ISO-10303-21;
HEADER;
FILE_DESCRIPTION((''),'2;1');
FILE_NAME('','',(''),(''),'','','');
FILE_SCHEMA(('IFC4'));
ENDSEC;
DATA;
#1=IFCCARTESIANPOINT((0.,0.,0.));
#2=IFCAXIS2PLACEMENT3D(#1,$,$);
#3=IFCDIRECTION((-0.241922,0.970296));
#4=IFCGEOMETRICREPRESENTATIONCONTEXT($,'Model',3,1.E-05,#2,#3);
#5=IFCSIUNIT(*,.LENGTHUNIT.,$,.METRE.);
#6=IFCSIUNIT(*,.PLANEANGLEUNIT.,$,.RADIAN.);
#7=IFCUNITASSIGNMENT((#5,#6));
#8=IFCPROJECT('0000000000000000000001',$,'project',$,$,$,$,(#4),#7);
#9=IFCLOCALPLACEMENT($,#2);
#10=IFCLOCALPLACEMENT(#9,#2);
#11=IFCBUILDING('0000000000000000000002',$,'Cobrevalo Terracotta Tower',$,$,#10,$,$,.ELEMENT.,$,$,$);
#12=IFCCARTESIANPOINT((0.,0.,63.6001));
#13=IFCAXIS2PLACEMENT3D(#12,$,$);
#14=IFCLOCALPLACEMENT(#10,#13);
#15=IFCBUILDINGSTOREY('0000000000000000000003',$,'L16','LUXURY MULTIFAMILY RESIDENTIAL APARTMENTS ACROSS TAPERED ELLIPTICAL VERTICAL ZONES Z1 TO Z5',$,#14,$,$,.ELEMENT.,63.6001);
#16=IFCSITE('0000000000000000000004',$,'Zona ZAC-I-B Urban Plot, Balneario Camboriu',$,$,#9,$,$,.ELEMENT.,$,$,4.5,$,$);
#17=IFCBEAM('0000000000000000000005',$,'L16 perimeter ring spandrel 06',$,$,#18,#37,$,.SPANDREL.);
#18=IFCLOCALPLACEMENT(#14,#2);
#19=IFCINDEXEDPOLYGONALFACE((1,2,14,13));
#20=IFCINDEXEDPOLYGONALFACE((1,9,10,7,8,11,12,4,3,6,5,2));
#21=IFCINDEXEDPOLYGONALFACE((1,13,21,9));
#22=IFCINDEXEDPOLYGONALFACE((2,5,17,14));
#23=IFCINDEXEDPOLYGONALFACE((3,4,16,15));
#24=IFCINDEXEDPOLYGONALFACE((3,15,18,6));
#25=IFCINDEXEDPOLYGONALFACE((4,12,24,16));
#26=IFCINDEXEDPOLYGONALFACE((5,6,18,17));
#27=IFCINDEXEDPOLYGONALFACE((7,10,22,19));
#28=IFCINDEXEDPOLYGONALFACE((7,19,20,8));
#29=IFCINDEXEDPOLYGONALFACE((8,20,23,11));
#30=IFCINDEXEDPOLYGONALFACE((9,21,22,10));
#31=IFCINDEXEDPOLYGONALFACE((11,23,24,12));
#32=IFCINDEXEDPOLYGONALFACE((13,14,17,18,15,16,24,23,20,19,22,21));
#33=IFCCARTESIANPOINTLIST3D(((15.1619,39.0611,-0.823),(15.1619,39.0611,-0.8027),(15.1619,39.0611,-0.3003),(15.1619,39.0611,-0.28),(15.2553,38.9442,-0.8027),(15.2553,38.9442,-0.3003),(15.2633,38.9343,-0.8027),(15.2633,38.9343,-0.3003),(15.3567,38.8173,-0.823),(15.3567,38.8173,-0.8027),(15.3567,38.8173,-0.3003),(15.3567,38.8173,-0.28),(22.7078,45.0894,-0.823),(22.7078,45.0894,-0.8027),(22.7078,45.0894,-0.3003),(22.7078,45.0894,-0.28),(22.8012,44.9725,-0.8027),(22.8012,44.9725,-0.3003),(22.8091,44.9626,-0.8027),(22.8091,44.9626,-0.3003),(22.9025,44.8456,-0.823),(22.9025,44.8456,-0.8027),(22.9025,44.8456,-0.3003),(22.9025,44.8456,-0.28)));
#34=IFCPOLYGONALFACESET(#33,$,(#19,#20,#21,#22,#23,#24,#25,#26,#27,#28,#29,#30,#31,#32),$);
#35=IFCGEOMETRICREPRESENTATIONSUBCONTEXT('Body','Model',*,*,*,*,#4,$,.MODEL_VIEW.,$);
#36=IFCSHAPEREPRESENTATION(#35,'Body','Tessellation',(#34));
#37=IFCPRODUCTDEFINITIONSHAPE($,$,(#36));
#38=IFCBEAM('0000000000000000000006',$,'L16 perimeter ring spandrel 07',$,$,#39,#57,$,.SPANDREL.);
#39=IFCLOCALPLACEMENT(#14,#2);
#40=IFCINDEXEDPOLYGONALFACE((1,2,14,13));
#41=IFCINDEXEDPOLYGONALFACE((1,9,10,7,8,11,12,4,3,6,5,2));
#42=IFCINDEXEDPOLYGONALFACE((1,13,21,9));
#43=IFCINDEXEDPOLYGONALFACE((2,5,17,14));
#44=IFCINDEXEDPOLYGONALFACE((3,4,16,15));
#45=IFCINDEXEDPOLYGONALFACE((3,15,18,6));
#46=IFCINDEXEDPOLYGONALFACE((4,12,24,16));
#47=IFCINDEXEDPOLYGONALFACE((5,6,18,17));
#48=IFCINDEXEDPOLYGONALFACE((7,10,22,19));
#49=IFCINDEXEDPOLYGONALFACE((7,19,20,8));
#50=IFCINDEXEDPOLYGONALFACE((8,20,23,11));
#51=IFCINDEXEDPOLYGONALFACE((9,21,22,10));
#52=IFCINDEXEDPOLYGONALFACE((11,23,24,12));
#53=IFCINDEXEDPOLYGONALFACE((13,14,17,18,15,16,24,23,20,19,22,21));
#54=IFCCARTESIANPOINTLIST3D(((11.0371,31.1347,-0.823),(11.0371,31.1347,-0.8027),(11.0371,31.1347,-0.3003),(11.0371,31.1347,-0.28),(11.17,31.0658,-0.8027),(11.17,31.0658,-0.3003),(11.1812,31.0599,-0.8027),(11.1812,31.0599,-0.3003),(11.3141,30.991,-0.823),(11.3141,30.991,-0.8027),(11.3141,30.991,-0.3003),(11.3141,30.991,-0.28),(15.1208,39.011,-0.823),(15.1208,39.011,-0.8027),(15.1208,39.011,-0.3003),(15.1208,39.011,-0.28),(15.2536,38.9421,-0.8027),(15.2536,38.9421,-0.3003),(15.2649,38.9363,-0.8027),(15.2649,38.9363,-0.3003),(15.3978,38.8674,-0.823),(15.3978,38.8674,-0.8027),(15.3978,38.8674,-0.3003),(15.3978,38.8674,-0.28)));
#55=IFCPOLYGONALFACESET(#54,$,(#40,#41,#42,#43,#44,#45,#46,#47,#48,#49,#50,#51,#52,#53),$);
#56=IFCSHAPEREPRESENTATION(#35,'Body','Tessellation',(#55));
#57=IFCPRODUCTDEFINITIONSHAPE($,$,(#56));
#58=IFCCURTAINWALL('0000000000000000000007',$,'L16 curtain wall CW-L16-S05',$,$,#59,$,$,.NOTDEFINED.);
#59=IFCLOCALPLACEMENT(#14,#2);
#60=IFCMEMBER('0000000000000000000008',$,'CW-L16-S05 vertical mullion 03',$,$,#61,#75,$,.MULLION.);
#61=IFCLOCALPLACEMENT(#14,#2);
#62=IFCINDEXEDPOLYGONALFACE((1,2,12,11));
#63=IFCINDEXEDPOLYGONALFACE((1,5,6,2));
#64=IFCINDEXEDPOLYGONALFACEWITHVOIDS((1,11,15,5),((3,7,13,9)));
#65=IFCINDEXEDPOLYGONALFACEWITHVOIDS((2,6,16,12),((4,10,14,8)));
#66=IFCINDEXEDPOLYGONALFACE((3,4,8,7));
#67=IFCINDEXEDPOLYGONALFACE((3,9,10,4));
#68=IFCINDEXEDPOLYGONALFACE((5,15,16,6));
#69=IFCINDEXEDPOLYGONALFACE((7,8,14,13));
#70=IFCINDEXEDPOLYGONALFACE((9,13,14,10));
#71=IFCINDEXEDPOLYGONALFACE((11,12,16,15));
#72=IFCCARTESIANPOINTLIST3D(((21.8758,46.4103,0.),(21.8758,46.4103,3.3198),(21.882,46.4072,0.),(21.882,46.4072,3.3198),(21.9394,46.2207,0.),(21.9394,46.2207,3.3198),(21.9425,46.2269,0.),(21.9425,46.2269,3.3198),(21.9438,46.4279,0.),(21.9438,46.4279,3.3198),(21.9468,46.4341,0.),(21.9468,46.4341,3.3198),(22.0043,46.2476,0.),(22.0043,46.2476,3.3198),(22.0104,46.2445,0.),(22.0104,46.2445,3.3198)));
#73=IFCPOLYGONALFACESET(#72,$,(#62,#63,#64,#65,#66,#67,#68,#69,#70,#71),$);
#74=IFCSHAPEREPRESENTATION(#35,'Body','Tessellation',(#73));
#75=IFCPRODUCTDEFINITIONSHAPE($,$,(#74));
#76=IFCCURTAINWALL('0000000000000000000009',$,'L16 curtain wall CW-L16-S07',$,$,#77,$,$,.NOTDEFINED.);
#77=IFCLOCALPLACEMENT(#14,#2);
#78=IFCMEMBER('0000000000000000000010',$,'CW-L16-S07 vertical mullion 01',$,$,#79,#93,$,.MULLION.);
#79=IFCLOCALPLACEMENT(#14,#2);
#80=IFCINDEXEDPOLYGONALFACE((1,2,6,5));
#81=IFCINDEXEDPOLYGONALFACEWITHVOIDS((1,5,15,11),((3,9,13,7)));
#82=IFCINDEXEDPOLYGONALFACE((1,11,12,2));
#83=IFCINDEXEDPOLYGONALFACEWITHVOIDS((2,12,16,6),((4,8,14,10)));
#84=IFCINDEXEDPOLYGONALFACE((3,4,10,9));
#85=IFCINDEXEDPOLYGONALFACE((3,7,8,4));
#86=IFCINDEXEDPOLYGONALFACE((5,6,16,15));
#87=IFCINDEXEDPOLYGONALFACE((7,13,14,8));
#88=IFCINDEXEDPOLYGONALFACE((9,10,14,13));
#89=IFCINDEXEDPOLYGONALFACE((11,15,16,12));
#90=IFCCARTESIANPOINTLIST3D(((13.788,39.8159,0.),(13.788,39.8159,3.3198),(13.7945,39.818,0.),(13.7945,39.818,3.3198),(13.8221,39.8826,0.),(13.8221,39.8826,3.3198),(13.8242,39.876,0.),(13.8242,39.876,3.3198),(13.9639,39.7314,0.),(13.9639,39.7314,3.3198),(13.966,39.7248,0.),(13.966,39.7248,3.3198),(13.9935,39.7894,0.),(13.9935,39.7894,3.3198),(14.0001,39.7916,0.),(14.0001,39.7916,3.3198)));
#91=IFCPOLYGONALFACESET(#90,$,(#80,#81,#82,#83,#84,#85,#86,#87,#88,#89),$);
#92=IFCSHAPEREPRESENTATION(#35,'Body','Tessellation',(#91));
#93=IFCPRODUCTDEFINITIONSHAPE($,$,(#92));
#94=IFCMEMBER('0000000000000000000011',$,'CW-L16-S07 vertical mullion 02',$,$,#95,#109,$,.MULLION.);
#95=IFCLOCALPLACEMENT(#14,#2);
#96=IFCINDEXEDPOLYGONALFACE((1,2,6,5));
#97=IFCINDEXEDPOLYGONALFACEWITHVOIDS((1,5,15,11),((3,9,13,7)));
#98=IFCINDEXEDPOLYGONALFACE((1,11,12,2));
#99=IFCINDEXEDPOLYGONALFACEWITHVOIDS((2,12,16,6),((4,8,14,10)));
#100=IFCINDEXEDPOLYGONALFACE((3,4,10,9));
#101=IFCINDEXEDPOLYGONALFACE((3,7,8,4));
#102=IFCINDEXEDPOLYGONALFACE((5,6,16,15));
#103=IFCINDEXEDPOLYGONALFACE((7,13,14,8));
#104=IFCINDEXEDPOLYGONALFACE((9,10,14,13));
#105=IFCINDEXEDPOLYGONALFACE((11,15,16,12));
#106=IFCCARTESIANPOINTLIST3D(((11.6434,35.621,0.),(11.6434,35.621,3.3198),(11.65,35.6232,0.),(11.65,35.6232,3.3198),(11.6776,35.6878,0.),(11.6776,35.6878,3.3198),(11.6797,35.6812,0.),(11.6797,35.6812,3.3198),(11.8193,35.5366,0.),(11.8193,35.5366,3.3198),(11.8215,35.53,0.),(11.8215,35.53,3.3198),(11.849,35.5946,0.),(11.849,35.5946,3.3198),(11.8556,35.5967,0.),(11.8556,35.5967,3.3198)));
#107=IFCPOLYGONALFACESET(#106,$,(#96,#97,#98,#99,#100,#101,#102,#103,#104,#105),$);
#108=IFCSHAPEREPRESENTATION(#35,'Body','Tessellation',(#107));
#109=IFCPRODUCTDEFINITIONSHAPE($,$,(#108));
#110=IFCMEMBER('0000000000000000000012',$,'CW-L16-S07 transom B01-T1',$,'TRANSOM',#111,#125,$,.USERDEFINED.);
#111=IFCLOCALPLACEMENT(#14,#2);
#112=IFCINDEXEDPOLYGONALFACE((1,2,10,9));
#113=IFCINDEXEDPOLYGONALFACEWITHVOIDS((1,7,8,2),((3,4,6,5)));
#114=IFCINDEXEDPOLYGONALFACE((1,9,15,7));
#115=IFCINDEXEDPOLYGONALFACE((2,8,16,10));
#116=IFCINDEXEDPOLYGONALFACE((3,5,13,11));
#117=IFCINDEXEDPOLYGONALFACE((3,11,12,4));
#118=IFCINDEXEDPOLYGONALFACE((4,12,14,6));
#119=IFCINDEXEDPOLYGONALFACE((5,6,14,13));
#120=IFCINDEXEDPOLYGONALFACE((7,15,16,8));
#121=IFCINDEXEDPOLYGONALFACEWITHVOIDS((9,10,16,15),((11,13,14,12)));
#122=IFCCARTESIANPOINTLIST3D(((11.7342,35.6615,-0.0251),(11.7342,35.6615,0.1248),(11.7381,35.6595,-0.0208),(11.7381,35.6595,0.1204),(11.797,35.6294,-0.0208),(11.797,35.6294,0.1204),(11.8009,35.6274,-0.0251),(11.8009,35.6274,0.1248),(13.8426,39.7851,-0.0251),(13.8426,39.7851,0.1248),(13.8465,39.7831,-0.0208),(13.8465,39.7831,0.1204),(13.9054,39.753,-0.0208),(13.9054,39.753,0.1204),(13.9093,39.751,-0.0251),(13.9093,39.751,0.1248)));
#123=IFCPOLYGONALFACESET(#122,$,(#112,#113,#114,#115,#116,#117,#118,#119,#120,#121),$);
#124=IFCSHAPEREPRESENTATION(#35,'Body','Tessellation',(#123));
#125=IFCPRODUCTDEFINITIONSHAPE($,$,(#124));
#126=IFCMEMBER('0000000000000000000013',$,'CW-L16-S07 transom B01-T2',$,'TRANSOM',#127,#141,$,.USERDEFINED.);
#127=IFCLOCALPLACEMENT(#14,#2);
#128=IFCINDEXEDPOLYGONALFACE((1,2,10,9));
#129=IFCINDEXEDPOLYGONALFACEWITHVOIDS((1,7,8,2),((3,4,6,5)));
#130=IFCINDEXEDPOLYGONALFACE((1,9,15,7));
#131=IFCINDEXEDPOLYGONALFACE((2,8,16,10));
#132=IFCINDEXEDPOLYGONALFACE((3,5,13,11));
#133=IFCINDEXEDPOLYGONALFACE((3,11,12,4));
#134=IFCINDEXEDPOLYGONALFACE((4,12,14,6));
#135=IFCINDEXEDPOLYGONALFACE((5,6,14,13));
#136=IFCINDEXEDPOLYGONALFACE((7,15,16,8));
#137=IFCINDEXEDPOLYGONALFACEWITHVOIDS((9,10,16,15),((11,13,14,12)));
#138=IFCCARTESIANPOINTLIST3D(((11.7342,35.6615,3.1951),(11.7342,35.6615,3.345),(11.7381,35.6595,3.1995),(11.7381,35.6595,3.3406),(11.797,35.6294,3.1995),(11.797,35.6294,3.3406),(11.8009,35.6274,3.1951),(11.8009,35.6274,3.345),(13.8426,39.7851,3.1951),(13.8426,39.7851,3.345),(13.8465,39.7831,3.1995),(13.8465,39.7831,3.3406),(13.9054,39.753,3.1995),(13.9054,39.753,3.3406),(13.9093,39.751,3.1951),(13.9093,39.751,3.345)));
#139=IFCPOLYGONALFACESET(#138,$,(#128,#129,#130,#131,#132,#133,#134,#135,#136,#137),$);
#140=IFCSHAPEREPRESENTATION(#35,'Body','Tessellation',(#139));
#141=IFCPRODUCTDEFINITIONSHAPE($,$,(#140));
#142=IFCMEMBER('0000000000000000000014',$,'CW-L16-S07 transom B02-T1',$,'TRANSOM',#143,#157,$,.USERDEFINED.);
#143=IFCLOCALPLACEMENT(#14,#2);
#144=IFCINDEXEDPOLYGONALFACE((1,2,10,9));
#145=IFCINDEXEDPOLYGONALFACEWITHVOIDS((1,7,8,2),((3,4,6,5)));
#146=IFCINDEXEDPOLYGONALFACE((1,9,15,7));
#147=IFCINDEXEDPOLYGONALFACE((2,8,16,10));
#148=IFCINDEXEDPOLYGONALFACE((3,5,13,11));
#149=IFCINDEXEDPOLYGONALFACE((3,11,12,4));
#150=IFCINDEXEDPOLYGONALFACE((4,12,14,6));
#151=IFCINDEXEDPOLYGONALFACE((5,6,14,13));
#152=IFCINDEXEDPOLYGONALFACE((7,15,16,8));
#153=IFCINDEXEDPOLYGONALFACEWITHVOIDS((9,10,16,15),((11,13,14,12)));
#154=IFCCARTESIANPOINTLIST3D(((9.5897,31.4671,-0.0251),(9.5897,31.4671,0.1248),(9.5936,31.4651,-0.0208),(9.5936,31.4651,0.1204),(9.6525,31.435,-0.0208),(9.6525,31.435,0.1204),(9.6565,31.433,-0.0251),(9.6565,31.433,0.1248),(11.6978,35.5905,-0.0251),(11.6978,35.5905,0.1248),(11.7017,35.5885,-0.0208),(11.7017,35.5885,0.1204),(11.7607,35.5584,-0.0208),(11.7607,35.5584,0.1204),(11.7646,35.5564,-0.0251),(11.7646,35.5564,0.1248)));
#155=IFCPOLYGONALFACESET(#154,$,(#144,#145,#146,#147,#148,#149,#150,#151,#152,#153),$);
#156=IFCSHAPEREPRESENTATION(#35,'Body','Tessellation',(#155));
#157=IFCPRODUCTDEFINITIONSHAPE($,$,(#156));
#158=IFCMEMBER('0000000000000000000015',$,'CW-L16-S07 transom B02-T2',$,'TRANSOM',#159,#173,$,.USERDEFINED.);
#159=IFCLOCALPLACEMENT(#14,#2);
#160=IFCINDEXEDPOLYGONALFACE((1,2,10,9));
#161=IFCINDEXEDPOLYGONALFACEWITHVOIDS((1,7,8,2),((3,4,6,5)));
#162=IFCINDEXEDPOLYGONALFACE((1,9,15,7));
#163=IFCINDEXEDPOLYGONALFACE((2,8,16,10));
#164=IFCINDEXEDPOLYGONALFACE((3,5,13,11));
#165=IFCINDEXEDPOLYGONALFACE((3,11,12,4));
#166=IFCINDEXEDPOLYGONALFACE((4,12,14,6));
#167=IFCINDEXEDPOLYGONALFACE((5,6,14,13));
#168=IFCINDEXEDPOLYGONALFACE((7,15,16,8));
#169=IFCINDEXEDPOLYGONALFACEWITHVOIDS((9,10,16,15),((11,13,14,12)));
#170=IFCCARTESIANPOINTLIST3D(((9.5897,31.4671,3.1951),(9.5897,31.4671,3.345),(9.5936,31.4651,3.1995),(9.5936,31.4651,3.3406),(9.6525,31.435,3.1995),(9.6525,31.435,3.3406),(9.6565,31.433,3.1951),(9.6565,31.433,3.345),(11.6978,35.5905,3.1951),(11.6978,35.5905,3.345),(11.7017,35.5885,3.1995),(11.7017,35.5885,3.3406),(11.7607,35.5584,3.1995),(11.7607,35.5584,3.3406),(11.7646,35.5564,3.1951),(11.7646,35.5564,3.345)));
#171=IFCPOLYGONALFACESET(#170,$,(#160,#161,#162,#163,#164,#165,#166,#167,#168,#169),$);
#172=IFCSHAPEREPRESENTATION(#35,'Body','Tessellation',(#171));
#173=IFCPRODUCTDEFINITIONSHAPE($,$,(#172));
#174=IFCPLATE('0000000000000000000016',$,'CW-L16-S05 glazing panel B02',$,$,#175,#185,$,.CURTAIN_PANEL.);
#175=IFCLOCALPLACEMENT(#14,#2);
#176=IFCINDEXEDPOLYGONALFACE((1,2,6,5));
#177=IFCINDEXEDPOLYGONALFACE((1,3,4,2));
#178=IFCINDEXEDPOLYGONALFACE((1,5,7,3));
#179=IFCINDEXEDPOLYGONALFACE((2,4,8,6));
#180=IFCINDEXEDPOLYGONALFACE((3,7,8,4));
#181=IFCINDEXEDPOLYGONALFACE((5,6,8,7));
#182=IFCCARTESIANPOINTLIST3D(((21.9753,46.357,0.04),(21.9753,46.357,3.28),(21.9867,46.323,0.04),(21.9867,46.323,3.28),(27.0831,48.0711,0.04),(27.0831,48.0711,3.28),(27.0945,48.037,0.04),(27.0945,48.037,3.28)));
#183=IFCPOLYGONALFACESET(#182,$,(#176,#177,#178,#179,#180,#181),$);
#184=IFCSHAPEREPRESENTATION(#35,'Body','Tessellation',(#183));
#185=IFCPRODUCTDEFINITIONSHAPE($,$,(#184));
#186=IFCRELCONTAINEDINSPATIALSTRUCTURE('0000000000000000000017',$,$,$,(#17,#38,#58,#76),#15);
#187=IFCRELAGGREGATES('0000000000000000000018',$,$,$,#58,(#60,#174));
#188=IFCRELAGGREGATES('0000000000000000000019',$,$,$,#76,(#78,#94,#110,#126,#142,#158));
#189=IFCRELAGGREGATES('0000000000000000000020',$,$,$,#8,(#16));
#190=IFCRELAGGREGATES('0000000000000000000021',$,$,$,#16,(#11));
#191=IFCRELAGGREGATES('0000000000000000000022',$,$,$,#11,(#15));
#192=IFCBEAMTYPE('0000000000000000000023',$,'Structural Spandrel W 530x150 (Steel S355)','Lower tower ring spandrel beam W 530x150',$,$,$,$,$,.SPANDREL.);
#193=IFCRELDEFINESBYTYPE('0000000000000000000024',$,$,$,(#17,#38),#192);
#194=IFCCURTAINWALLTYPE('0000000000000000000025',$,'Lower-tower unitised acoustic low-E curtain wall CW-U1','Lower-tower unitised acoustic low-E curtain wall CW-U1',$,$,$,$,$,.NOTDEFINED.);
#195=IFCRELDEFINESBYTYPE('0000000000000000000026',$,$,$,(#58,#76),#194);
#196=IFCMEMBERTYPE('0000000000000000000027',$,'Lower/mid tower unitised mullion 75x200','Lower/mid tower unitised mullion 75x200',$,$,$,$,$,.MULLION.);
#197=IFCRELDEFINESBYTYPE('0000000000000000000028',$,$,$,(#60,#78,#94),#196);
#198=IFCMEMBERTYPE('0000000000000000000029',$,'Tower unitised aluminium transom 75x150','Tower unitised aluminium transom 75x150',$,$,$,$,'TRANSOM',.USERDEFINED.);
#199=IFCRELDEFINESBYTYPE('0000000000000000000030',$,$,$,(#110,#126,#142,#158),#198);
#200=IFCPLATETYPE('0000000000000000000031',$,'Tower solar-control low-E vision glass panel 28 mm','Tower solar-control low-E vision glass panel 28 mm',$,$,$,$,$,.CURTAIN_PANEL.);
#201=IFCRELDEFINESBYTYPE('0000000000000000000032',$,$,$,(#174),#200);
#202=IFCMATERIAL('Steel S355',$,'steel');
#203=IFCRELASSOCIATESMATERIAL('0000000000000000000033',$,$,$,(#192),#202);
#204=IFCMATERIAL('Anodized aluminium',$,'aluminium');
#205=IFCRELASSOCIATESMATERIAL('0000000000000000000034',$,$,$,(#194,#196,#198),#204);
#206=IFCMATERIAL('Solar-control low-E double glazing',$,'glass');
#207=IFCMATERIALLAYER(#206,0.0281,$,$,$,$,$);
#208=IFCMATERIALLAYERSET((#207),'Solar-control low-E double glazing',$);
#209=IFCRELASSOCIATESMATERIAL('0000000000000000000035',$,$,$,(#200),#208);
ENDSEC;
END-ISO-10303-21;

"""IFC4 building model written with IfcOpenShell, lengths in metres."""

from ifc_helpers import new_model, si_unit, direction, frame, origin, origin_2d, place, context, subcontext, project, spatial, rectangle, hollow_rectangle, i_section, extrude, source, transform, mapped, material, layer, layer_set, material_profile, profile_set, type_object, element, aggregate, save


model = new_model("IFC4")

# Units and contexts
model_context = context("Model", 3, precision=1e-05, world=origin(), true_north=direction((-0.241922, 0.970296)))
body_context = subcontext(model_context, "Body", "Model", "MODEL_VIEW")
ifc_project = project(units=[si_unit("LENGTHUNIT", "METRE"), si_unit("PLANEANGLEUNIT", "RADIAN")], contexts=[model_context])

# Site, building, storey
site_placement = place(None, origin())
site = spatial("IfcSite", under=ifc_project, at=site_placement, Name="Zona ZAC-I-B Urban Plot, Balneario Camboriu", CompositionType="ELEMENT", RefElevation=4.5)
building_placement = place(site_placement, origin())
building = spatial("IfcBuilding", under=site, at=building_placement, Name="Cobrevalo Terracotta Tower", CompositionType="ELEMENT")
storey_placement = place(building_placement, frame((0.0, 0.0, 63.6001)))
storey = spatial("IfcBuildingStorey", under=building, at=storey_placement, Name="L16", Description="LUXURY MULTIFAMILY RESIDENTIAL APARTMENTS ACROSS TAPERED ELLIPTICAL VERTICAL ZONES Z1 TO Z5", CompositionType="ELEMENT", Elevation=63.6001)

# Shared definitions
ifc_material_1 = material(Name="Steel S355", Category="steel")

# Beams
ifc_material_profile_1 = material_profile(ifc_material_1, i_section(OverallWidth=0.312, OverallDepth=0.543, WebThickness=0.0127, FlangeThickness=0.0203, at=origin_2d()), Name="W 530x150")
ifc_profile_set_1 = profile_set([ifc_material_profile_1], Name="Steel S355")
beam_type_1 = type_object("IfcBeamType", Name="Structural Spandrel W 530x150 (Steel S355)", Description="Lower tower ring spandrel beam W 530x150", PredefinedType="SPANDREL", material=ifc_profile_set_1)
beam_1_placement = place(storey_placement, frame((22.8052, 44.9675, -0.5515), z_axis=(-0.781293, -0.624165, 0.0), x_axis=(0.624165, -0.781293, 0.0)))
element("IfcBeam", 1, at=beam_1_placement, inside=storey, type_object=beam_type_1, Name="L16 perimeter ring spandrel 06", PredefinedType="SPANDREL", context=body_context, shape_type="SweptSolid", body=[
    extrude(i_section(OverallWidth=0.312, OverallDepth=0.543, WebThickness=0.0127, FlangeThickness=0.0203, at=origin_2d()), origin(), (0.0, 0.0, 1.0), 9.6582),
])
beam_2_placement = place(storey_placement, frame((15.2593, 38.9392, -0.5515), z_axis=(-0.460286, -0.887771, 0.0), x_axis=(0.887771, -0.460286, 0.0)))
element("IfcBeam", 2, at=beam_2_placement, inside=storey, type_object=beam_type_1, Name="L16 perimeter ring spandrel 07", PredefinedType="SPANDREL", context=body_context, shape_type="SweptSolid", body=[
    extrude(i_section(OverallWidth=0.312, OverallDepth=0.543, WebThickness=0.0127, FlangeThickness=0.0203, at=origin_2d()), origin(), (0.0, 0.0, 1.0), 8.8721),
])

# Curtain wall, member
ifc_material_2 = material(Name="Anodized aluminium", Category="aluminium")
curtain_wall_type = type_object("IfcCurtainWallType", Name="Lower-tower unitised acoustic low-E curtain wall CW-U1", Description="Lower-tower unitised acoustic low-E curtain wall CW-U1", PredefinedType="NOTDEFINED", material=ifc_material_2)
curtain_wall_1_placement = place(storey_placement, origin())
curtain_wall_1 = element("IfcCurtainWall", 3, at=curtain_wall_1_placement, inside=storey, type_object=curtain_wall_type, Name="L16 curtain wall CW-L16-S05", PredefinedType="NOTDEFINED")
ifc_material_profile_2 = material_profile(ifc_material_2, hollow_rectangle(XDim=0.075, YDim=0.2, WallThickness=0.0049, at=origin_2d()), Name="CWM 75x200")
ifc_profile_set_2 = profile_set([ifc_material_profile_2], Name="Anodized aluminium")
member_type_1 = type_object("IfcMemberType", Name="Lower/mid tower unitised mullion 75x200", Description="Lower/mid tower unitised mullion 75x200", PredefinedType="MULLION", material=ifc_profile_set_2)
shared_shape_1 = source(origin(), body_context, "Body", "SweptSolid", [
    extrude(hollow_rectangle(XDim=0.075, YDim=0.2, WallThickness=0.0049, at=origin_2d()), origin(), (0.0, 0.0, 1.0), 3.3198),
])
member_1_placement = place(storey_placement, frame((21.9431, 46.3274, 0.0), z_axis=(0.0, 0.0, 1.0), x_axis=(-0.948046, -0.318132, 0.0)))
member_1 = element("IfcMember", 4, at=member_1_placement, type_object=member_type_1, Name="CW-L16-S05 vertical mullion 03", PredefinedType="MULLION", context=body_context, shape_type="MappedRepresentation", body=[
    mapped(shared_shape_1, transform((0.0, 0.0, 0.0), scale=1.0)),
])

# Curtain wall, members
curtain_wall_2_placement = place(storey_placement, origin())
curtain_wall_2 = element("IfcCurtainWall", 5, at=curtain_wall_2_placement, inside=storey, type_object=curtain_wall_type, Name="L16 curtain wall CW-L16-S07", PredefinedType="NOTDEFINED")
member_2_placement = place(storey_placement, frame((13.894, 39.8037, 0.0), z_axis=(0.0, 0.0, 1.0), x_axis=(-0.455234, -0.890372, 0.0)))
member_2 = element("IfcMember", 6, at=member_2_placement, type_object=member_type_1, Name="CW-L16-S07 vertical mullion 01", PredefinedType="MULLION", context=body_context, shape_type="MappedRepresentation", body=[
    mapped(shared_shape_1, transform((0.0, 0.0, 0.0), scale=1.0)),
])
member_3_placement = place(storey_placement, frame((11.7495, 35.6089, 0.0), z_axis=(0.0, 0.0, 1.0), x_axis=(-0.455234, -0.890372, 0.0)))
member_3 = element("IfcMember", 7, at=member_3_placement, type_object=member_type_1, Name="CW-L16-S07 vertical mullion 02", PredefinedType="MULLION", context=body_context, shape_type="MappedRepresentation", body=[
    mapped(shared_shape_1, transform((0.0, 0.0, 0.0), scale=1.0)),
])
ifc_material_profile_3 = material_profile(ifc_material_2, hollow_rectangle(XDim=0.075, YDim=0.1499, WallThickness=0.0044, at=origin_2d()), Name="CWT 75x150")
ifc_profile_set_3 = profile_set([ifc_material_profile_3], Name="Anodized aluminium")
member_type_2 = type_object("IfcMemberType", Name="Tower unitised aluminium transom 75x150", Description="Tower unitised aluminium transom 75x150", ElementType="TRANSOM", PredefinedType="USERDEFINED", material=ifc_profile_set_3)
shared_shape_2 = source(origin(), body_context, "Body", "SweptSolid", [
    extrude(hollow_rectangle(XDim=0.075, YDim=0.1499, WallThickness=0.0044, at=origin_2d()), origin(), (0.0, 0.0, 1.0), 4.6313),
])
member_4_placement = place(storey_placement, frame((13.876, 39.7681, 0.0498), z_axis=(-0.45525, -0.890363, 0.0), x_axis=(0.890363, -0.45525, 0.0)))
member_4 = element("IfcMember", 8, at=member_4_placement, type_object=member_type_2, Name="CW-L16-S07 transom B01-T1", ObjectType="TRANSOM", PredefinedType="USERDEFINED", context=body_context, shape_type="MappedRepresentation", body=[
    mapped(shared_shape_2, transform((0.0, 0.0, 0.0), scale=1.0)),
])
member_5_placement = place(storey_placement, frame((13.876, 39.7681, 3.27), z_axis=(-0.45525, -0.890363, 0.0), x_axis=(0.890363, -0.45525, 0.0)))
member_5 = element("IfcMember", 9, at=member_5_placement, type_object=member_type_2, Name="CW-L16-S07 transom B01-T2", ObjectType="TRANSOM", PredefinedType="USERDEFINED", context=body_context, shape_type="MappedRepresentation", body=[
    mapped(shared_shape_2, transform((0.0, 0.0, 0.0), scale=1.0)),
])
shared_shape_3 = source(origin(), body_context, "Body", "SweptSolid", [
    extrude(hollow_rectangle(XDim=0.075, YDim=0.1499, WallThickness=0.0044, at=origin_2d()), origin(), (0.0, 0.0, 1.0), 4.6311),
])
member_6_placement = place(storey_placement, frame((11.7312, 35.5735, 0.0498), z_axis=(-0.455209, -0.890385, 0.0), x_axis=(0.890385, -0.455209, 0.0)))
member_6 = element("IfcMember", 10, at=member_6_placement, type_object=member_type_2, Name="CW-L16-S07 transom B02-T1", ObjectType="TRANSOM", PredefinedType="USERDEFINED", context=body_context, shape_type="MappedRepresentation", body=[
    mapped(shared_shape_3, transform((0.0, 0.0, 0.0), scale=1.0)),
])
member_7_placement = place(storey_placement, frame((11.7312, 35.5735, 3.27), z_axis=(-0.455209, -0.890385, 0.0), x_axis=(0.890385, -0.455209, 0.0)))
member_7 = element("IfcMember", 11, at=member_7_placement, type_object=member_type_2, Name="CW-L16-S07 transom B02-T2", ObjectType="TRANSOM", PredefinedType="USERDEFINED", context=body_context, shape_type="MappedRepresentation", body=[
    mapped(shared_shape_3, transform((0.0, 0.0, 0.0), scale=1.0)),
])

# Plate
ifc_material_3 = material(Name="Solar-control low-E double glazing", Category="glass")
ifc_layer_1 = layer(ifc_material_3, 0.0281)
ifc_layer_set_1 = layer_set([ifc_layer_1], Name="Solar-control low-E double glazing")
plate_type = type_object("IfcPlateType", Name="Tower solar-control low-E vision glass panel 28 mm", Description="Tower solar-control low-E vision glass panel 28 mm", PredefinedType="CURTAIN_PANEL", material=ifc_layer_set_1)
shared_shape_4 = source(origin(), body_context, "Body", "SweptSolid", [
    extrude(rectangle(XDim=5.3877, YDim=0.0359, at=origin_2d()), origin(), (0.0, 0.0, 1.0), 3.24),
])
plate_1_placement = place(storey_placement, frame((24.5349, 47.197, 0.04), z_axis=(0.0, 0.0, 1.0), x_axis=(-0.948044, -0.318139, 0.0)))
plate_1 = element("IfcPlate", 12, at=plate_1_placement, type_object=plate_type, Name="CW-L16-S05 glazing panel B02", PredefinedType="CURTAIN_PANEL", context=body_context, shape_type="MappedRepresentation", body=[
    mapped(shared_shape_4, transform((0.0, 0.0, 0.0), scale=1.0)),
])
aggregate(curtain_wall_1, [member_1, plate_1])
aggregate(curtain_wall_2, [member_2, member_3, member_4, member_5, member_6, member_7])

save(model, "model.ifc")
